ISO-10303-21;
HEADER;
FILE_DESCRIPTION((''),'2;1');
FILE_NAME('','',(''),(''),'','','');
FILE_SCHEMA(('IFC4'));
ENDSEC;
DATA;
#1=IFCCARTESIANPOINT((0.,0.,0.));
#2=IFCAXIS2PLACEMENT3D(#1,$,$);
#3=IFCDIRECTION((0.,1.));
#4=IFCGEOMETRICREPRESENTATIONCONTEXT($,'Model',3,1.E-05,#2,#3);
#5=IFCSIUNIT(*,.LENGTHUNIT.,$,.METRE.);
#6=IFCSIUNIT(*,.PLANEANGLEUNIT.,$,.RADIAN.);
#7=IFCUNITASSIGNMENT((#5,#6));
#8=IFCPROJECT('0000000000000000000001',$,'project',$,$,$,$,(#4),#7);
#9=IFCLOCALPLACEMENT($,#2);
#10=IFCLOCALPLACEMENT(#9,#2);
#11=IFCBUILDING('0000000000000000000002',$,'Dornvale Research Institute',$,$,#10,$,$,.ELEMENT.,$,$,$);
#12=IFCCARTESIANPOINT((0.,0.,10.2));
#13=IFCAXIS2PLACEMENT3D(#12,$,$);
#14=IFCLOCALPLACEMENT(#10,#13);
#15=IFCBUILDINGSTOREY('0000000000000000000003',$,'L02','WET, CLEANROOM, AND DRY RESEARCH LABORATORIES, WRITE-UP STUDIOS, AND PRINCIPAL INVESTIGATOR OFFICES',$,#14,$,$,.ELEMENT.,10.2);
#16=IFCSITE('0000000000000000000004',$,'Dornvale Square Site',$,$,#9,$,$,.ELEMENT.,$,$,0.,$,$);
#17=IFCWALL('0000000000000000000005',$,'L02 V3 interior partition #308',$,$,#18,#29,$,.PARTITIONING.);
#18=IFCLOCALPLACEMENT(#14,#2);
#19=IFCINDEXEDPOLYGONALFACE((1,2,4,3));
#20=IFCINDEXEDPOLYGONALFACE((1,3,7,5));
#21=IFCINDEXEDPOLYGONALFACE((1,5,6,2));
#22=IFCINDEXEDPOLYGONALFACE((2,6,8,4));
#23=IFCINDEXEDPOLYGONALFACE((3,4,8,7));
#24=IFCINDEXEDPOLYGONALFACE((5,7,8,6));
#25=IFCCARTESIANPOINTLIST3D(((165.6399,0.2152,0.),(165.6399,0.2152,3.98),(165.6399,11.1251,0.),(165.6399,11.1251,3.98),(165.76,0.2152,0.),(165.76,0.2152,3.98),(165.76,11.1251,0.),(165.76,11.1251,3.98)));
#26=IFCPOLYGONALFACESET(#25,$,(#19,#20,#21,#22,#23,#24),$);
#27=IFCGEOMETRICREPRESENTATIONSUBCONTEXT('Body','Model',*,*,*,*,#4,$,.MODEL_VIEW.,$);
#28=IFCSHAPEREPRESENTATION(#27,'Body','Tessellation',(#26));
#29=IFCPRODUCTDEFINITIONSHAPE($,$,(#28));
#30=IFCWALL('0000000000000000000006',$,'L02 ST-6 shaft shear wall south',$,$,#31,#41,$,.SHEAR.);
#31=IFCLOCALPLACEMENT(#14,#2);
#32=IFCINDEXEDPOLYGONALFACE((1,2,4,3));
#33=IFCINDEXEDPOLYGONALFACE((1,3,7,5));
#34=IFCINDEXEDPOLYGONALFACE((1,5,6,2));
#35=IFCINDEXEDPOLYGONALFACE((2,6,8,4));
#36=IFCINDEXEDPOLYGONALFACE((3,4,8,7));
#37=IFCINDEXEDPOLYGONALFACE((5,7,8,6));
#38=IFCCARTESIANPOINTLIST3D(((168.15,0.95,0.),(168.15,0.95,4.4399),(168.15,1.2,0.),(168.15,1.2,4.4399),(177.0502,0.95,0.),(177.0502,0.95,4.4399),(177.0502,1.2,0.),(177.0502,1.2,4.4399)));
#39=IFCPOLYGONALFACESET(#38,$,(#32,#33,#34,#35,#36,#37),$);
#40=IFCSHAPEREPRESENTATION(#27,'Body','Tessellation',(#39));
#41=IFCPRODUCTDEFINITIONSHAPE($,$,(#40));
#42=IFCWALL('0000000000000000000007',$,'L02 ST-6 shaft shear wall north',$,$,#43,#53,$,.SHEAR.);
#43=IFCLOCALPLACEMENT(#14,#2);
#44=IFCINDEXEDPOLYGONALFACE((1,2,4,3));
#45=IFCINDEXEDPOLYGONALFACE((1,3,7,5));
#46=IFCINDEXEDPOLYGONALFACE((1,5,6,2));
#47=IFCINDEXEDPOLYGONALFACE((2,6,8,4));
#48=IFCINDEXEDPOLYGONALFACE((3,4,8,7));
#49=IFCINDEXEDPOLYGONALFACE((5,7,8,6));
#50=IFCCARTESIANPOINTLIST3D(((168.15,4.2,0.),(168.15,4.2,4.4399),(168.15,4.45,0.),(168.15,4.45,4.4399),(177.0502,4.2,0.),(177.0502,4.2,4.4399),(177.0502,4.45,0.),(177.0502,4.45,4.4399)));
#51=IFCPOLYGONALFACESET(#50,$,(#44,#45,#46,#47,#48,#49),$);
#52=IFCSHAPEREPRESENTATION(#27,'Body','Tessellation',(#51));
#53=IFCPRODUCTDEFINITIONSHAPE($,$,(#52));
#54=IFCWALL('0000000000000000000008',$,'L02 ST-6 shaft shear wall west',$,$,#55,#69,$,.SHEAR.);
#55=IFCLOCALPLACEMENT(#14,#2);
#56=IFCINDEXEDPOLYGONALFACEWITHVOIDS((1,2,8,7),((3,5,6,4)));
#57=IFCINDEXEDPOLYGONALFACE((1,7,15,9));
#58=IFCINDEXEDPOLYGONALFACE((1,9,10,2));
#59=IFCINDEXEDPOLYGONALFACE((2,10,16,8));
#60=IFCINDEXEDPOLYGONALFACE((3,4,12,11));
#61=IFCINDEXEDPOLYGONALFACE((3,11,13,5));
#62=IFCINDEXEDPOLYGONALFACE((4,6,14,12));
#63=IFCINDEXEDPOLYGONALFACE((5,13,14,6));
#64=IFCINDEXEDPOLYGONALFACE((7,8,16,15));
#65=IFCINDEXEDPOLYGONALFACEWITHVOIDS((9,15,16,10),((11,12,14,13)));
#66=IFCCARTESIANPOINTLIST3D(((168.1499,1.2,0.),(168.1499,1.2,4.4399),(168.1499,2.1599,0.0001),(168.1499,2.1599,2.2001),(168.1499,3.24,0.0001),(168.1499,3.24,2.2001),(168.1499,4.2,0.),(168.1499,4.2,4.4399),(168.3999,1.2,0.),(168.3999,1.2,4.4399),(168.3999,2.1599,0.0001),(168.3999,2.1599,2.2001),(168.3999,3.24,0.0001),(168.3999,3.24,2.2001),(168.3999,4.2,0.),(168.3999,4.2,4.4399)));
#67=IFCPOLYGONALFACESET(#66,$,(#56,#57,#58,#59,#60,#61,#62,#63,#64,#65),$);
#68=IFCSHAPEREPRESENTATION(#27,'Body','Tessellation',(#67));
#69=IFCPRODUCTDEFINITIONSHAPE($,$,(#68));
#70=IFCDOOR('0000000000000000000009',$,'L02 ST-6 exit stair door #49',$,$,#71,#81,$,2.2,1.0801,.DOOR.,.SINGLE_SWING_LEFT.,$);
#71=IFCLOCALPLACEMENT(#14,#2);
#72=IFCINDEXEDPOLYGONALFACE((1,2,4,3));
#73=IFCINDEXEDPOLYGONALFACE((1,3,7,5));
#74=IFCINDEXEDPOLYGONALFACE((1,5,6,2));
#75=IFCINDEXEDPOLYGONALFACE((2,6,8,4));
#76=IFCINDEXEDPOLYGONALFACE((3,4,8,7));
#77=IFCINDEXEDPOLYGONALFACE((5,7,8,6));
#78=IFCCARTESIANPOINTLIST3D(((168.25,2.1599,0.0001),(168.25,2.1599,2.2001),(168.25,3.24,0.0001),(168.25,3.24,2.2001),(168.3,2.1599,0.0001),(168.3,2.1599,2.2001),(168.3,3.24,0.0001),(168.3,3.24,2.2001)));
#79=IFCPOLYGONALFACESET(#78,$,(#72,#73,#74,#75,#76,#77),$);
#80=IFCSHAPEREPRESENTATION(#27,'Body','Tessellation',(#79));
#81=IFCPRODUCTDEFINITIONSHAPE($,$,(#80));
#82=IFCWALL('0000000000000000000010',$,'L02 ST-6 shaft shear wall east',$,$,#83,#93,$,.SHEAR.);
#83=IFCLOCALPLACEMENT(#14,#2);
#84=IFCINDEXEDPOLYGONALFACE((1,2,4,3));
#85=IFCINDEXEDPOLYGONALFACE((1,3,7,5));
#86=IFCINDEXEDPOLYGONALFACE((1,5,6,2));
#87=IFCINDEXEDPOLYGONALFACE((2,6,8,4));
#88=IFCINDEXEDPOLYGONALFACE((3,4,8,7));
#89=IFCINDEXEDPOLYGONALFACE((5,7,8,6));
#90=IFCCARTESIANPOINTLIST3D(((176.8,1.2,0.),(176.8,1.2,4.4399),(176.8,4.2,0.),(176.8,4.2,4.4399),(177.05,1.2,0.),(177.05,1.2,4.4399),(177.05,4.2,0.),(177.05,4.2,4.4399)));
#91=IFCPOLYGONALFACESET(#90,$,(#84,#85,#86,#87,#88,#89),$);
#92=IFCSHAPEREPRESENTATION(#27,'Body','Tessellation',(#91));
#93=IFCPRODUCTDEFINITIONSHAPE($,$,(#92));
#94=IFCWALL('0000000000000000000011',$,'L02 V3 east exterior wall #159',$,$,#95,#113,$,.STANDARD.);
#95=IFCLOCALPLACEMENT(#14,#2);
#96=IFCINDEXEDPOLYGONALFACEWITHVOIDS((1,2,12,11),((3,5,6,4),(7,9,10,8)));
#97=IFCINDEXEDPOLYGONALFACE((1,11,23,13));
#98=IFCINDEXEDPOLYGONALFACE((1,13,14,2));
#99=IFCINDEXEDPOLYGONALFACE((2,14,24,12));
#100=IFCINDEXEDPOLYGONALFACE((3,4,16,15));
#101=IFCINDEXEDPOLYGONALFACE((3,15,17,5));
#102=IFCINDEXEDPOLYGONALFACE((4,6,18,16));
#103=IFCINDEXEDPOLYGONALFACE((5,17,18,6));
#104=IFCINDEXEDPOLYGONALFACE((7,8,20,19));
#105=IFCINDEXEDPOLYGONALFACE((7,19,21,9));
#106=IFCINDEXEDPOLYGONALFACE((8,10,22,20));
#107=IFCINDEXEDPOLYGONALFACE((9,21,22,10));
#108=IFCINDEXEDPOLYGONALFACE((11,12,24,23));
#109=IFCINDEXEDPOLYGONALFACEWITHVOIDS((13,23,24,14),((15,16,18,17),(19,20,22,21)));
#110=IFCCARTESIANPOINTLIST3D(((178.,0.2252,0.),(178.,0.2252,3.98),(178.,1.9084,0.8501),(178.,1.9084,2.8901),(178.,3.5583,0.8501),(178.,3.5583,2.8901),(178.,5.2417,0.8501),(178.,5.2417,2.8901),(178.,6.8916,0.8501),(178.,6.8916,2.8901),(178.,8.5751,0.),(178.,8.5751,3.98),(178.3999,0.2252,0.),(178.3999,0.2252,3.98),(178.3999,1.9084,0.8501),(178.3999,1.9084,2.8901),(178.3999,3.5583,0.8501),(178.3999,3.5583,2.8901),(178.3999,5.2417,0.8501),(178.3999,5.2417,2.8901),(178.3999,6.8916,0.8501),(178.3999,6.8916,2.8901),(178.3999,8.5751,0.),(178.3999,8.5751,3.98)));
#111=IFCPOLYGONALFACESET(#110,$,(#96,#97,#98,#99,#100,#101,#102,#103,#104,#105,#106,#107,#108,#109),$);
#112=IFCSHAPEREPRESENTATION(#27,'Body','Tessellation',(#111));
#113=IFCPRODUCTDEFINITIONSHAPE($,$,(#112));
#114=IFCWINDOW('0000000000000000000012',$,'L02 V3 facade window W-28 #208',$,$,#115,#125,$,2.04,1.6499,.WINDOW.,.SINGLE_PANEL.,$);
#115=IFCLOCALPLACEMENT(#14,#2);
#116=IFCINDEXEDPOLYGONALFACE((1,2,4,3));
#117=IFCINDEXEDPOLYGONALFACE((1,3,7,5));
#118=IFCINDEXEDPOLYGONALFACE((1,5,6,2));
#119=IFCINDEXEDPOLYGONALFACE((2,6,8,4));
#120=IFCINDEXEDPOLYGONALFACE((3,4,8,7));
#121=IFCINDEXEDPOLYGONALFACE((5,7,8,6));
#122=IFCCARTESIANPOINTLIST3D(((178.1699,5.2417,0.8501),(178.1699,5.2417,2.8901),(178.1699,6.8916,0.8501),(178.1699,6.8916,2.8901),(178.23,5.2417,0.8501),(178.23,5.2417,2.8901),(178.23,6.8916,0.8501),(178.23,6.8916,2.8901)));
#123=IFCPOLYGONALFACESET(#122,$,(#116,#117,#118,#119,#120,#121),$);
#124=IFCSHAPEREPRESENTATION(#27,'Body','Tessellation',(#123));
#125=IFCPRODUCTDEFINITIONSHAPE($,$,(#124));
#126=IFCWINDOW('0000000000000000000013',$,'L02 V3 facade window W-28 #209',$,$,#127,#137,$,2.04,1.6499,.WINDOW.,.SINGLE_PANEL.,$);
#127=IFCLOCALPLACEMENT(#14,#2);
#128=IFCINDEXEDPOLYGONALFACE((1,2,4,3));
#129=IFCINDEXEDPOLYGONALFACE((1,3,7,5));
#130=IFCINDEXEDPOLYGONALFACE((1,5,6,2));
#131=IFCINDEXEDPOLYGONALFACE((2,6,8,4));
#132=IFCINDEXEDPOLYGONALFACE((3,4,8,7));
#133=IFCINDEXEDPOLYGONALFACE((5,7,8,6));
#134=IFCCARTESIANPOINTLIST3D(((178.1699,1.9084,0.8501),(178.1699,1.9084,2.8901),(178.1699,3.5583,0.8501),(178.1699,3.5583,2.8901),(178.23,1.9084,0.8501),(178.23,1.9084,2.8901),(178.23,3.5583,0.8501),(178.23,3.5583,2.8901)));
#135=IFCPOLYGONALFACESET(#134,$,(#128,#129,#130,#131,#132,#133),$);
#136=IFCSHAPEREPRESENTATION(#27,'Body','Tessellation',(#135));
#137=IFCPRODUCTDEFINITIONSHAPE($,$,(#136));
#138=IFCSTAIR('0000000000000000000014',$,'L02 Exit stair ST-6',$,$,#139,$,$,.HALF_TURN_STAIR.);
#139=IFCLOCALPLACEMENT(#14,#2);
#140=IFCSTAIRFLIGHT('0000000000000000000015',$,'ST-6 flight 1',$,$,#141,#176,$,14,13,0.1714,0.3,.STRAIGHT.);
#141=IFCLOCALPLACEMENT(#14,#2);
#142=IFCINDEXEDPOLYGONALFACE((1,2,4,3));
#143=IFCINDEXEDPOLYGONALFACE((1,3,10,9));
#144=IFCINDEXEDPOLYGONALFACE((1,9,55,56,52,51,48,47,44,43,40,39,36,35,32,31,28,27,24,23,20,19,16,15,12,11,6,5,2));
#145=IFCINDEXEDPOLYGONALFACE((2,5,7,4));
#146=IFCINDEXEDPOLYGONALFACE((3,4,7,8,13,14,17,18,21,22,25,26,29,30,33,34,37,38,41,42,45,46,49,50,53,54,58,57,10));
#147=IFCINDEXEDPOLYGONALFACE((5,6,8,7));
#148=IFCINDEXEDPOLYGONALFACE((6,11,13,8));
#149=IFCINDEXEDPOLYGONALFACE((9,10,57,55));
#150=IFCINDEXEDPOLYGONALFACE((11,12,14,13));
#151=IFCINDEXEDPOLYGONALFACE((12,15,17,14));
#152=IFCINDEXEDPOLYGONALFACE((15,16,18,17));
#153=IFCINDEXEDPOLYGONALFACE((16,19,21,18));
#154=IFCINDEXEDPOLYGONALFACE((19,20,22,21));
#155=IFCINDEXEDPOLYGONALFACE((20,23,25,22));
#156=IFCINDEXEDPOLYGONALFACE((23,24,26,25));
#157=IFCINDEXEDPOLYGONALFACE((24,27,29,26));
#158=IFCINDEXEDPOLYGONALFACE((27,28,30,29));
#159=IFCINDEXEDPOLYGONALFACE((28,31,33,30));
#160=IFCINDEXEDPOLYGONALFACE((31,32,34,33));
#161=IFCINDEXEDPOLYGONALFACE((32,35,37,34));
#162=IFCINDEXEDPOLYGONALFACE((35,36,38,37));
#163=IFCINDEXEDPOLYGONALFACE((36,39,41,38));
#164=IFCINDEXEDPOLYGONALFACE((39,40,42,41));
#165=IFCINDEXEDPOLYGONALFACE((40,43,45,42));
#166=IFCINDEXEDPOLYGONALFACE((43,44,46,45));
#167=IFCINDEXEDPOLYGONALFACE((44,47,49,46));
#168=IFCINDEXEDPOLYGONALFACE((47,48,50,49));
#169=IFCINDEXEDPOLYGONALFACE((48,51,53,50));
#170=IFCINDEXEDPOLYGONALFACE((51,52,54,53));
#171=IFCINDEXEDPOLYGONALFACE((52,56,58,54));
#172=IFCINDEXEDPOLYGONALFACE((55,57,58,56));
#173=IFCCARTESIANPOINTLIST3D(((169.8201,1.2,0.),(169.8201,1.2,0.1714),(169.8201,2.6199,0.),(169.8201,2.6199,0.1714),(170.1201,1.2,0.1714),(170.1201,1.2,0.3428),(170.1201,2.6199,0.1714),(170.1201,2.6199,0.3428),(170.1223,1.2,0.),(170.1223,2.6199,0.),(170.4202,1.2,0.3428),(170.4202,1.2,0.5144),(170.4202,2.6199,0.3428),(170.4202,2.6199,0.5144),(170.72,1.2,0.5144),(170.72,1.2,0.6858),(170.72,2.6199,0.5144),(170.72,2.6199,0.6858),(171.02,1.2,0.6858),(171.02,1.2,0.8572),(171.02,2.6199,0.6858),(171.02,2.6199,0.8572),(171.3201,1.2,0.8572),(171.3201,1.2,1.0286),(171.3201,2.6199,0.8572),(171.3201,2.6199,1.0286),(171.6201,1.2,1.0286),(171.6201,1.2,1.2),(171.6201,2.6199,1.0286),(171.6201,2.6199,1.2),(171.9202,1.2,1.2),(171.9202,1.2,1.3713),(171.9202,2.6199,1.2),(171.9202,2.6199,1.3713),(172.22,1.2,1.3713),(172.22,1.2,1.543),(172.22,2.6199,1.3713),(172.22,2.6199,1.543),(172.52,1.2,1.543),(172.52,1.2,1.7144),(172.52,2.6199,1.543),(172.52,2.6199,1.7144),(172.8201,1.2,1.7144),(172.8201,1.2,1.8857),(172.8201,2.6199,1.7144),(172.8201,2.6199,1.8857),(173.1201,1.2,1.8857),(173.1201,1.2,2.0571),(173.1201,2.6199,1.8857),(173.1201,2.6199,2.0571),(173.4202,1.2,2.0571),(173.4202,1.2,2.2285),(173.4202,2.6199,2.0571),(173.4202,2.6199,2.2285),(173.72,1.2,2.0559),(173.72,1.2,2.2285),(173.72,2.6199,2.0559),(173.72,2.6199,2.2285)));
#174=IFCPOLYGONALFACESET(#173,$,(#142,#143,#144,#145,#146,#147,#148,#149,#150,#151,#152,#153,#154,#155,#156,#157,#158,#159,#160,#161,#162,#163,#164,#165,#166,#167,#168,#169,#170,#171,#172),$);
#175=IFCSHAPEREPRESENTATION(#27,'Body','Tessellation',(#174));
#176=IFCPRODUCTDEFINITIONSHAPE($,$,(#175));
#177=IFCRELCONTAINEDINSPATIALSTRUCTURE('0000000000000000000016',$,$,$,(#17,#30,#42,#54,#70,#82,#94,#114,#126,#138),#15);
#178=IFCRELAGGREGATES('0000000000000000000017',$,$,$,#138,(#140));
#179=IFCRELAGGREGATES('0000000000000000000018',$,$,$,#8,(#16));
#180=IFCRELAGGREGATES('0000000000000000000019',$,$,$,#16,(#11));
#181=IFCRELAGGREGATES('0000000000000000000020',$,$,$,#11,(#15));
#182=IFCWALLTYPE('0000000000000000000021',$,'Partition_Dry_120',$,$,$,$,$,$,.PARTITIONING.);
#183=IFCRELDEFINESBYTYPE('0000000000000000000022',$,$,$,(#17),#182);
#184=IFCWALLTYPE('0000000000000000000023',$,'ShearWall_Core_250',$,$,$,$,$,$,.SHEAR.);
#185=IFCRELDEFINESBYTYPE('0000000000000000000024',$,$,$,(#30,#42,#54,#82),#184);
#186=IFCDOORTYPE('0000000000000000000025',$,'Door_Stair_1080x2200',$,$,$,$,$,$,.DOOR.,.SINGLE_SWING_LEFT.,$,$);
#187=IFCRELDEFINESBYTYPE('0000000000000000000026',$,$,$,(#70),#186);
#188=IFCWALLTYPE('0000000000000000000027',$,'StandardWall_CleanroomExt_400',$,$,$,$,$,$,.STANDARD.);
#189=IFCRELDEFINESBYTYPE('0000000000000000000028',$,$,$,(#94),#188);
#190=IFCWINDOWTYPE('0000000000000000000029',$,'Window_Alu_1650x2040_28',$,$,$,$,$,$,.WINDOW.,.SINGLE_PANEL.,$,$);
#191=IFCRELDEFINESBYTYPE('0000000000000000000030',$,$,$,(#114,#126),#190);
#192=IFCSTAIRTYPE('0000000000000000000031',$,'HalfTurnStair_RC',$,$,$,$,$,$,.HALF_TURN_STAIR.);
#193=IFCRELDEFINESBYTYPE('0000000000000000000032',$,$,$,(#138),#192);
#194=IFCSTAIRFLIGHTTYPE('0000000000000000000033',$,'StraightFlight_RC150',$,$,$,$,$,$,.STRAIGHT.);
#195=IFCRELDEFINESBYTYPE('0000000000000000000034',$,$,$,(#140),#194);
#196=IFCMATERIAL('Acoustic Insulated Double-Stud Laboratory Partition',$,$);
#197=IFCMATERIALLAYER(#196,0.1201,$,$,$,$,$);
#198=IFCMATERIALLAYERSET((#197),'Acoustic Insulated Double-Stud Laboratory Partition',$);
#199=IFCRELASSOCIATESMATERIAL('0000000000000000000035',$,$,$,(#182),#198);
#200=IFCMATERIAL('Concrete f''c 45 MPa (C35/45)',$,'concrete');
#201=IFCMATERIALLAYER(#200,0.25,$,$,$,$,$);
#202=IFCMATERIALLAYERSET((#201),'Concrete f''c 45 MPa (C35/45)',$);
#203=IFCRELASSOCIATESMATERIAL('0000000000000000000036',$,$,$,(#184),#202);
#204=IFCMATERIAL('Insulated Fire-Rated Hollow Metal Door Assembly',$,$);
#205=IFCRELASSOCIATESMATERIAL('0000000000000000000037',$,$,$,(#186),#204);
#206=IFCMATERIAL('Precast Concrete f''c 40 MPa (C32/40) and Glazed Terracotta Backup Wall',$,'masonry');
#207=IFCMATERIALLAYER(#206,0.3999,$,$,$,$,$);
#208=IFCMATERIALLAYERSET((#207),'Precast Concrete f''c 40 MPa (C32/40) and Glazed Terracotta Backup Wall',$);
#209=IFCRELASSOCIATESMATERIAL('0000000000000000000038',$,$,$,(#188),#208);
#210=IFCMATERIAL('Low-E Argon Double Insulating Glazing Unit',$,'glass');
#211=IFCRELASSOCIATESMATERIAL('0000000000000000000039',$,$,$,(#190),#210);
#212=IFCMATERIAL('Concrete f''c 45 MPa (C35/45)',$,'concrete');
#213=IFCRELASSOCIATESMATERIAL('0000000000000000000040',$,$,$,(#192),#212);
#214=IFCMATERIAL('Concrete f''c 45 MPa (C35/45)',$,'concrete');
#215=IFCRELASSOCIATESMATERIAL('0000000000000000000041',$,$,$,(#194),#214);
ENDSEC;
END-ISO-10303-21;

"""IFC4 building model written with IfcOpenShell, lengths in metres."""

from ifc_helpers import new_model, si_unit, direction, frame, frame_2d, origin, place, context, subcontext, project, spatial, polyline, rectangle, outline, extrude, material, layer, layer_set, type_object, element, fill, aggregate, save


model = new_model("IFC4")

# Units and contexts
model_context = context("Model", 3, precision=1e-05, world=origin(), true_north=direction((0.0, 1.0)))
body_context = subcontext(model_context, "Body", "Model", "MODEL_VIEW")
ifc_project = project(units=[si_unit("LENGTHUNIT", "METRE"), si_unit("PLANEANGLEUNIT", "RADIAN")], contexts=[model_context])

# Site, building, storey
site_placement = place(None, origin())
site = spatial("IfcSite", under=ifc_project, at=site_placement, Name="Dornvale Square Site", CompositionType="ELEMENT", RefElevation=0.0)
building_placement = place(site_placement, origin())
building = spatial("IfcBuilding", under=site, at=building_placement, Name="Dornvale Research Institute", CompositionType="ELEMENT")
storey_placement = place(building_placement, frame((0.0, 0.0, 10.2)))
storey = spatial("IfcBuildingStorey", under=building, at=storey_placement, Name="L02", Description="WET, CLEANROOM, AND DRY RESEARCH LABORATORIES, WRITE-UP STUDIOS, AND PRINCIPAL INVESTIGATOR OFFICES", CompositionType="ELEMENT", Elevation=10.2)

# Walls
ifc_material_1 = material(Name="Acoustic Insulated Double-Stud Laboratory Partition")
ifc_layer_1 = layer(ifc_material_1, 0.1201)
ifc_layer_set_1 = layer_set([ifc_layer_1], Name="Acoustic Insulated Double-Stud Laboratory Partition")
wall_type_1 = type_object("IfcWallType", Name="Partition_Dry_120", PredefinedType="PARTITIONING", material=ifc_layer_set_1)
wall_1_placement = place(storey_placement, frame((165.7, 0.2151, 0.0), z_axis=(0.0, 0.0, 1.0), x_axis=(0.0, 1.0, 0.0)))
element("IfcWall", 1, at=wall_1_placement, inside=storey, type_object=wall_type_1, Name="L02 V3 interior partition #308", PredefinedType="PARTITIONING", context=body_context, shape_type="SweptSolid", body=[
    extrude(rectangle(XDim=10.9099, YDim=0.1201, at=frame_2d((5.4551, 0.0))), origin(), (0.0, 0.0, 1.0), 3.98),
])
ifc_material_2 = material(Name="Concrete f'c 45 MPa (C35/45)", Category="concrete")
ifc_layer_2 = layer(ifc_material_2, 0.25)
ifc_layer_set_2 = layer_set([ifc_layer_2], Name="Concrete f'c 45 MPa (C35/45)")
wall_type_2 = type_object("IfcWallType", Name="ShearWall_Core_250", PredefinedType="SHEAR", material=ifc_layer_set_2)
for number, where, z_axis, x_axis, name in (
    (2, (168.1499, 1.075, 0.0), (0.0, 0.0, 1.0), (1.0, 0.0, 0.0), "L02 ST-6 shaft shear wall south"),
    (3, (168.1499, 4.325, 0.0), (0.0, 0.0, 1.0), (1.0, 0.0, 0.0), "L02 ST-6 shaft shear wall north"),
):
    element("IfcWall", number, at=place(storey_placement, frame(where, z_axis=z_axis, x_axis=x_axis)), inside=storey, type_object=wall_type_2, Name=name, PredefinedType="SHEAR", context=body_context, shape_type="SweptSolid", body=[
        extrude(rectangle(XDim=8.9001, YDim=0.25, at=frame_2d((4.4502, 0.0))), origin(), (0.0, 0.0, 1.0), 4.4399),
    ])

# Wall, opening, door
wall_2_placement = place(storey_placement, frame((168.2749, 1.2, 0.0), z_axis=(0.0, 0.0, 1.0), x_axis=(0.0, 1.0, 0.0)))
wall_2 = element("IfcWall", 4, at=wall_2_placement, inside=storey, type_object=wall_type_2, Name="L02 ST-6 shaft shear wall west", PredefinedType="SHEAR", context=body_context, shape_type="SweptSolid", body=[
    extrude(rectangle(XDim=3.0, YDim=0.25, at=frame_2d((1.5, 0.0))), origin(), (0.0, 0.0, 1.0), 4.4399),
])
opening_1_placement = place(wall_2_placement, frame((0.96, 0.0, 0.0)))
opening_1 = element("IfcOpeningElement", 5, at=opening_1_placement, cuts=wall_2, PredefinedType="OPENING", context=body_context, shape_type="SweptSolid", body=[
    extrude(rectangle(XDim=1.0801, YDim=2.2, at=frame_2d((0.54, 1.1001))), frame((0.0, 0.1399, 0.0), z_axis=(0.0, -1.0, 0.0), x_axis=(1.0, 0.0, 0.0)), (0.0, 0.0, 1.0), 0.28),
])
ifc_material_3 = material(Name="Insulated Fire-Rated Hollow Metal Door Assembly")
door_type = type_object("IfcDoorType", Name="Door_Stair_1080x2200", OperationType="SINGLE_SWING_LEFT", PredefinedType="DOOR", material=ifc_material_3)
door_placement = place(opening_1_placement, origin())
door = element("IfcDoor", 6, at=door_placement, inside=storey, type_object=door_type, Name="L02 ST-6 exit stair door #49", OperationType="SINGLE_SWING_LEFT", OverallHeight=2.2, OverallWidth=1.0801, PredefinedType="DOOR", context=body_context, shape_type="SweptSolid", body=[
    extrude(rectangle(XDim=1.0801, YDim=2.2, at=frame_2d((0.54, 1.1001))), frame((0.0, 0.0249, 0.0), z_axis=(0.0, -1.0, 0.0), x_axis=(1.0, 0.0, 0.0)), (0.0, 0.0, 1.0), 0.05),
])
fill(opening_1, door)

# Wall
wall_3_placement = place(storey_placement, frame((176.925, 1.2, 0.0), z_axis=(0.0, 0.0, 1.0), x_axis=(0.0, 1.0, 0.0)))
element("IfcWall", 7, at=wall_3_placement, inside=storey, type_object=wall_type_2, Name="L02 ST-6 shaft shear wall east", PredefinedType="SHEAR", context=body_context, shape_type="SweptSolid", body=[
    extrude(rectangle(XDim=3.0, YDim=0.25, at=frame_2d((1.5, 0.0))), origin(), (0.0, 0.0, 1.0), 4.4399),
])

# Wall, openings, windows
ifc_material_4 = material(Name="Precast Concrete f'c 40 MPa (C32/40) and Glazed Terracotta Backup Wall", Category="masonry")
ifc_layer_3 = layer(ifc_material_4, 0.3999)
ifc_layer_set_3 = layer_set([ifc_layer_3], Name="Precast Concrete f'c 40 MPa (C32/40) and Glazed Terracotta Backup Wall")
wall_type_3 = type_object("IfcWallType", Name="StandardWall_CleanroomExt_400", PredefinedType="STANDARD", material=ifc_layer_set_3)
wall_4_placement = place(storey_placement, frame((178.2, 8.575, 0.0), z_axis=(0.0, 0.0, 1.0), x_axis=(0.0, -1.0, 0.0)))
wall_4 = element("IfcWall", 8, at=wall_4_placement, inside=storey, type_object=wall_type_3, Name="L02 V3 east exterior wall #159", PredefinedType="STANDARD", context=body_context, shape_type="SweptSolid", body=[
    extrude(rectangle(XDim=8.3499, YDim=0.3999, at=frame_2d((4.1748, 0.0))), origin(), (0.0, 0.0, 1.0), 3.98),
])
opening_2_placement = place(wall_4_placement, frame((1.6833, 0.0, 0.8501)))
opening_2 = element("IfcOpeningElement", 9, at=opening_2_placement, cuts=wall_4, PredefinedType="OPENING", context=body_context, shape_type="SweptSolid", body=[
    extrude(rectangle(XDim=1.6499, YDim=2.04, at=frame_2d((0.825, 1.02))), frame((0.0, 0.2148, 0.0), z_axis=(0.0, -1.0, 0.0), x_axis=(1.0, 0.0, 0.0)), (0.0, 0.0, 1.0), 0.4299),
])
opening_3_placement = place(wall_4_placement, frame((5.0166, 0.0, 0.8501)))
opening_3 = element("IfcOpeningElement", 10, at=opening_3_placement, cuts=wall_4, PredefinedType="OPENING", context=body_context, shape_type="SweptSolid", body=[
    extrude(rectangle(XDim=1.6499, YDim=2.04, at=frame_2d((0.825, 1.02))), frame((0.0, 0.2148, 0.0), z_axis=(0.0, -1.0, 0.0), x_axis=(1.0, 0.0, 0.0)), (0.0, 0.0, 1.0), 0.4299),
])
ifc_material_5 = material(Name="Low-E Argon Double Insulating Glazing Unit", Category="glass")
window_type = type_object("IfcWindowType", Name="Window_Alu_1650x2040_28", PartitioningType="SINGLE_PANEL", PredefinedType="WINDOW", material=ifc_material_5)
window_1_placement = place(opening_2_placement, origin())
window_1 = element("IfcWindow", 11, at=window_1_placement, inside=storey, type_object=window_type, Name="L02 V3 facade window W-28 #208", OverallHeight=2.04, OverallWidth=1.6499, PartitioningType="SINGLE_PANEL", PredefinedType="WINDOW", context=body_context, shape_type="SweptSolid", body=[
    extrude(rectangle(XDim=1.6499, YDim=2.04, at=frame_2d((0.825, 1.02))), frame((0.0, 0.03, 0.0), z_axis=(0.0, -1.0, 0.0), x_axis=(1.0, 0.0, 0.0)), (0.0, 0.0, 1.0), 0.0601),
])
fill(opening_2, window_1)
window_2_placement = place(opening_3_placement, origin())
window_2 = element("IfcWindow", 12, at=window_2_placement, inside=storey, type_object=window_type, Name="L02 V3 facade window W-28 #209", OverallHeight=2.04, OverallWidth=1.6499, PartitioningType="SINGLE_PANEL", PredefinedType="WINDOW", context=body_context, shape_type="SweptSolid", body=[
    extrude(rectangle(XDim=1.6499, YDim=2.04, at=frame_2d((0.825, 1.02))), frame((0.0, 0.03, 0.0), z_axis=(0.0, -1.0, 0.0), x_axis=(1.0, 0.0, 0.0)), (0.0, 0.0, 1.0), 0.0601),
])
fill(opening_3, window_2)

# Stair, stair flight
ifc_material_6 = material(Name="Concrete f'c 45 MPa (C35/45)", Category="concrete")
stair_type = type_object("IfcStairType", Name="HalfTurnStair_RC", PredefinedType="HALF_TURN_STAIR", material=ifc_material_6)
stair_placement = place(storey_placement, origin())
stair = element("IfcStair", 13, at=stair_placement, inside=storey, type_object=stair_type, Name="L02 Exit stair ST-6", PredefinedType="HALF_TURN_STAIR")
ifc_material_7 = material(Name="Concrete f'c 45 MPa (C35/45)", Category="concrete")
stair_flight_type = type_object("IfcStairFlightType", Name="StraightFlight_RC150", PredefinedType="STRAIGHT", material=ifc_material_7)
stair_flight_1_placement = place(storey_placement, frame((169.8201, 1.9099, 0.0), z_axis=(0.0, 0.0, 1.0), x_axis=(1.0, 0.0, 0.0)))
stair_flight_1 = element("IfcStairFlight", 14, at=stair_flight_1_placement, type_object=stair_flight_type, Name="ST-6 flight 1", NumberOfRisers=14, NumberOfTreads=13, PredefinedType="STRAIGHT", RiserHeight=0.1714, TreadLength=0.3, context=body_context, shape_type="SweptSolid", body=[
    extrude(outline(polyline([(0.0, 0.0), (0.0, 0.1714), (0.3, 0.1714), (0.3, 0.3428), (0.6001, 0.3428), (0.6001, 0.5144), (0.8999, 0.5144), (0.8999, 0.6858), (1.2, 0.6858), (1.2, 0.8572), (1.5, 0.8572), (1.5, 1.0286), (1.8, 1.0286), (1.8, 1.2), (2.1001, 1.2), (2.1001, 1.3713), (2.3999, 1.3713), (2.3999, 1.543), (2.7, 1.543), (2.7, 1.7144), (3.0, 1.7144), (3.0, 1.8857), (3.3, 1.8857), (3.3, 2.0571), (3.6001, 2.0571), (3.6001, 2.2285), (3.8999, 2.2285), (3.8999, 2.3999), (3.8999, 2.0559), (0.3022, 0.0), (0.0, 0.0)])), frame((0.0, 0.71, 0.0), z_axis=(0.0, -1.0, 0.0), x_axis=(1.0, 0.0, 0.0)), (0.0, 0.0, 1.0), 1.4199),
])
aggregate(stair, [stair_flight_1])

save(model, "model.ifc")
